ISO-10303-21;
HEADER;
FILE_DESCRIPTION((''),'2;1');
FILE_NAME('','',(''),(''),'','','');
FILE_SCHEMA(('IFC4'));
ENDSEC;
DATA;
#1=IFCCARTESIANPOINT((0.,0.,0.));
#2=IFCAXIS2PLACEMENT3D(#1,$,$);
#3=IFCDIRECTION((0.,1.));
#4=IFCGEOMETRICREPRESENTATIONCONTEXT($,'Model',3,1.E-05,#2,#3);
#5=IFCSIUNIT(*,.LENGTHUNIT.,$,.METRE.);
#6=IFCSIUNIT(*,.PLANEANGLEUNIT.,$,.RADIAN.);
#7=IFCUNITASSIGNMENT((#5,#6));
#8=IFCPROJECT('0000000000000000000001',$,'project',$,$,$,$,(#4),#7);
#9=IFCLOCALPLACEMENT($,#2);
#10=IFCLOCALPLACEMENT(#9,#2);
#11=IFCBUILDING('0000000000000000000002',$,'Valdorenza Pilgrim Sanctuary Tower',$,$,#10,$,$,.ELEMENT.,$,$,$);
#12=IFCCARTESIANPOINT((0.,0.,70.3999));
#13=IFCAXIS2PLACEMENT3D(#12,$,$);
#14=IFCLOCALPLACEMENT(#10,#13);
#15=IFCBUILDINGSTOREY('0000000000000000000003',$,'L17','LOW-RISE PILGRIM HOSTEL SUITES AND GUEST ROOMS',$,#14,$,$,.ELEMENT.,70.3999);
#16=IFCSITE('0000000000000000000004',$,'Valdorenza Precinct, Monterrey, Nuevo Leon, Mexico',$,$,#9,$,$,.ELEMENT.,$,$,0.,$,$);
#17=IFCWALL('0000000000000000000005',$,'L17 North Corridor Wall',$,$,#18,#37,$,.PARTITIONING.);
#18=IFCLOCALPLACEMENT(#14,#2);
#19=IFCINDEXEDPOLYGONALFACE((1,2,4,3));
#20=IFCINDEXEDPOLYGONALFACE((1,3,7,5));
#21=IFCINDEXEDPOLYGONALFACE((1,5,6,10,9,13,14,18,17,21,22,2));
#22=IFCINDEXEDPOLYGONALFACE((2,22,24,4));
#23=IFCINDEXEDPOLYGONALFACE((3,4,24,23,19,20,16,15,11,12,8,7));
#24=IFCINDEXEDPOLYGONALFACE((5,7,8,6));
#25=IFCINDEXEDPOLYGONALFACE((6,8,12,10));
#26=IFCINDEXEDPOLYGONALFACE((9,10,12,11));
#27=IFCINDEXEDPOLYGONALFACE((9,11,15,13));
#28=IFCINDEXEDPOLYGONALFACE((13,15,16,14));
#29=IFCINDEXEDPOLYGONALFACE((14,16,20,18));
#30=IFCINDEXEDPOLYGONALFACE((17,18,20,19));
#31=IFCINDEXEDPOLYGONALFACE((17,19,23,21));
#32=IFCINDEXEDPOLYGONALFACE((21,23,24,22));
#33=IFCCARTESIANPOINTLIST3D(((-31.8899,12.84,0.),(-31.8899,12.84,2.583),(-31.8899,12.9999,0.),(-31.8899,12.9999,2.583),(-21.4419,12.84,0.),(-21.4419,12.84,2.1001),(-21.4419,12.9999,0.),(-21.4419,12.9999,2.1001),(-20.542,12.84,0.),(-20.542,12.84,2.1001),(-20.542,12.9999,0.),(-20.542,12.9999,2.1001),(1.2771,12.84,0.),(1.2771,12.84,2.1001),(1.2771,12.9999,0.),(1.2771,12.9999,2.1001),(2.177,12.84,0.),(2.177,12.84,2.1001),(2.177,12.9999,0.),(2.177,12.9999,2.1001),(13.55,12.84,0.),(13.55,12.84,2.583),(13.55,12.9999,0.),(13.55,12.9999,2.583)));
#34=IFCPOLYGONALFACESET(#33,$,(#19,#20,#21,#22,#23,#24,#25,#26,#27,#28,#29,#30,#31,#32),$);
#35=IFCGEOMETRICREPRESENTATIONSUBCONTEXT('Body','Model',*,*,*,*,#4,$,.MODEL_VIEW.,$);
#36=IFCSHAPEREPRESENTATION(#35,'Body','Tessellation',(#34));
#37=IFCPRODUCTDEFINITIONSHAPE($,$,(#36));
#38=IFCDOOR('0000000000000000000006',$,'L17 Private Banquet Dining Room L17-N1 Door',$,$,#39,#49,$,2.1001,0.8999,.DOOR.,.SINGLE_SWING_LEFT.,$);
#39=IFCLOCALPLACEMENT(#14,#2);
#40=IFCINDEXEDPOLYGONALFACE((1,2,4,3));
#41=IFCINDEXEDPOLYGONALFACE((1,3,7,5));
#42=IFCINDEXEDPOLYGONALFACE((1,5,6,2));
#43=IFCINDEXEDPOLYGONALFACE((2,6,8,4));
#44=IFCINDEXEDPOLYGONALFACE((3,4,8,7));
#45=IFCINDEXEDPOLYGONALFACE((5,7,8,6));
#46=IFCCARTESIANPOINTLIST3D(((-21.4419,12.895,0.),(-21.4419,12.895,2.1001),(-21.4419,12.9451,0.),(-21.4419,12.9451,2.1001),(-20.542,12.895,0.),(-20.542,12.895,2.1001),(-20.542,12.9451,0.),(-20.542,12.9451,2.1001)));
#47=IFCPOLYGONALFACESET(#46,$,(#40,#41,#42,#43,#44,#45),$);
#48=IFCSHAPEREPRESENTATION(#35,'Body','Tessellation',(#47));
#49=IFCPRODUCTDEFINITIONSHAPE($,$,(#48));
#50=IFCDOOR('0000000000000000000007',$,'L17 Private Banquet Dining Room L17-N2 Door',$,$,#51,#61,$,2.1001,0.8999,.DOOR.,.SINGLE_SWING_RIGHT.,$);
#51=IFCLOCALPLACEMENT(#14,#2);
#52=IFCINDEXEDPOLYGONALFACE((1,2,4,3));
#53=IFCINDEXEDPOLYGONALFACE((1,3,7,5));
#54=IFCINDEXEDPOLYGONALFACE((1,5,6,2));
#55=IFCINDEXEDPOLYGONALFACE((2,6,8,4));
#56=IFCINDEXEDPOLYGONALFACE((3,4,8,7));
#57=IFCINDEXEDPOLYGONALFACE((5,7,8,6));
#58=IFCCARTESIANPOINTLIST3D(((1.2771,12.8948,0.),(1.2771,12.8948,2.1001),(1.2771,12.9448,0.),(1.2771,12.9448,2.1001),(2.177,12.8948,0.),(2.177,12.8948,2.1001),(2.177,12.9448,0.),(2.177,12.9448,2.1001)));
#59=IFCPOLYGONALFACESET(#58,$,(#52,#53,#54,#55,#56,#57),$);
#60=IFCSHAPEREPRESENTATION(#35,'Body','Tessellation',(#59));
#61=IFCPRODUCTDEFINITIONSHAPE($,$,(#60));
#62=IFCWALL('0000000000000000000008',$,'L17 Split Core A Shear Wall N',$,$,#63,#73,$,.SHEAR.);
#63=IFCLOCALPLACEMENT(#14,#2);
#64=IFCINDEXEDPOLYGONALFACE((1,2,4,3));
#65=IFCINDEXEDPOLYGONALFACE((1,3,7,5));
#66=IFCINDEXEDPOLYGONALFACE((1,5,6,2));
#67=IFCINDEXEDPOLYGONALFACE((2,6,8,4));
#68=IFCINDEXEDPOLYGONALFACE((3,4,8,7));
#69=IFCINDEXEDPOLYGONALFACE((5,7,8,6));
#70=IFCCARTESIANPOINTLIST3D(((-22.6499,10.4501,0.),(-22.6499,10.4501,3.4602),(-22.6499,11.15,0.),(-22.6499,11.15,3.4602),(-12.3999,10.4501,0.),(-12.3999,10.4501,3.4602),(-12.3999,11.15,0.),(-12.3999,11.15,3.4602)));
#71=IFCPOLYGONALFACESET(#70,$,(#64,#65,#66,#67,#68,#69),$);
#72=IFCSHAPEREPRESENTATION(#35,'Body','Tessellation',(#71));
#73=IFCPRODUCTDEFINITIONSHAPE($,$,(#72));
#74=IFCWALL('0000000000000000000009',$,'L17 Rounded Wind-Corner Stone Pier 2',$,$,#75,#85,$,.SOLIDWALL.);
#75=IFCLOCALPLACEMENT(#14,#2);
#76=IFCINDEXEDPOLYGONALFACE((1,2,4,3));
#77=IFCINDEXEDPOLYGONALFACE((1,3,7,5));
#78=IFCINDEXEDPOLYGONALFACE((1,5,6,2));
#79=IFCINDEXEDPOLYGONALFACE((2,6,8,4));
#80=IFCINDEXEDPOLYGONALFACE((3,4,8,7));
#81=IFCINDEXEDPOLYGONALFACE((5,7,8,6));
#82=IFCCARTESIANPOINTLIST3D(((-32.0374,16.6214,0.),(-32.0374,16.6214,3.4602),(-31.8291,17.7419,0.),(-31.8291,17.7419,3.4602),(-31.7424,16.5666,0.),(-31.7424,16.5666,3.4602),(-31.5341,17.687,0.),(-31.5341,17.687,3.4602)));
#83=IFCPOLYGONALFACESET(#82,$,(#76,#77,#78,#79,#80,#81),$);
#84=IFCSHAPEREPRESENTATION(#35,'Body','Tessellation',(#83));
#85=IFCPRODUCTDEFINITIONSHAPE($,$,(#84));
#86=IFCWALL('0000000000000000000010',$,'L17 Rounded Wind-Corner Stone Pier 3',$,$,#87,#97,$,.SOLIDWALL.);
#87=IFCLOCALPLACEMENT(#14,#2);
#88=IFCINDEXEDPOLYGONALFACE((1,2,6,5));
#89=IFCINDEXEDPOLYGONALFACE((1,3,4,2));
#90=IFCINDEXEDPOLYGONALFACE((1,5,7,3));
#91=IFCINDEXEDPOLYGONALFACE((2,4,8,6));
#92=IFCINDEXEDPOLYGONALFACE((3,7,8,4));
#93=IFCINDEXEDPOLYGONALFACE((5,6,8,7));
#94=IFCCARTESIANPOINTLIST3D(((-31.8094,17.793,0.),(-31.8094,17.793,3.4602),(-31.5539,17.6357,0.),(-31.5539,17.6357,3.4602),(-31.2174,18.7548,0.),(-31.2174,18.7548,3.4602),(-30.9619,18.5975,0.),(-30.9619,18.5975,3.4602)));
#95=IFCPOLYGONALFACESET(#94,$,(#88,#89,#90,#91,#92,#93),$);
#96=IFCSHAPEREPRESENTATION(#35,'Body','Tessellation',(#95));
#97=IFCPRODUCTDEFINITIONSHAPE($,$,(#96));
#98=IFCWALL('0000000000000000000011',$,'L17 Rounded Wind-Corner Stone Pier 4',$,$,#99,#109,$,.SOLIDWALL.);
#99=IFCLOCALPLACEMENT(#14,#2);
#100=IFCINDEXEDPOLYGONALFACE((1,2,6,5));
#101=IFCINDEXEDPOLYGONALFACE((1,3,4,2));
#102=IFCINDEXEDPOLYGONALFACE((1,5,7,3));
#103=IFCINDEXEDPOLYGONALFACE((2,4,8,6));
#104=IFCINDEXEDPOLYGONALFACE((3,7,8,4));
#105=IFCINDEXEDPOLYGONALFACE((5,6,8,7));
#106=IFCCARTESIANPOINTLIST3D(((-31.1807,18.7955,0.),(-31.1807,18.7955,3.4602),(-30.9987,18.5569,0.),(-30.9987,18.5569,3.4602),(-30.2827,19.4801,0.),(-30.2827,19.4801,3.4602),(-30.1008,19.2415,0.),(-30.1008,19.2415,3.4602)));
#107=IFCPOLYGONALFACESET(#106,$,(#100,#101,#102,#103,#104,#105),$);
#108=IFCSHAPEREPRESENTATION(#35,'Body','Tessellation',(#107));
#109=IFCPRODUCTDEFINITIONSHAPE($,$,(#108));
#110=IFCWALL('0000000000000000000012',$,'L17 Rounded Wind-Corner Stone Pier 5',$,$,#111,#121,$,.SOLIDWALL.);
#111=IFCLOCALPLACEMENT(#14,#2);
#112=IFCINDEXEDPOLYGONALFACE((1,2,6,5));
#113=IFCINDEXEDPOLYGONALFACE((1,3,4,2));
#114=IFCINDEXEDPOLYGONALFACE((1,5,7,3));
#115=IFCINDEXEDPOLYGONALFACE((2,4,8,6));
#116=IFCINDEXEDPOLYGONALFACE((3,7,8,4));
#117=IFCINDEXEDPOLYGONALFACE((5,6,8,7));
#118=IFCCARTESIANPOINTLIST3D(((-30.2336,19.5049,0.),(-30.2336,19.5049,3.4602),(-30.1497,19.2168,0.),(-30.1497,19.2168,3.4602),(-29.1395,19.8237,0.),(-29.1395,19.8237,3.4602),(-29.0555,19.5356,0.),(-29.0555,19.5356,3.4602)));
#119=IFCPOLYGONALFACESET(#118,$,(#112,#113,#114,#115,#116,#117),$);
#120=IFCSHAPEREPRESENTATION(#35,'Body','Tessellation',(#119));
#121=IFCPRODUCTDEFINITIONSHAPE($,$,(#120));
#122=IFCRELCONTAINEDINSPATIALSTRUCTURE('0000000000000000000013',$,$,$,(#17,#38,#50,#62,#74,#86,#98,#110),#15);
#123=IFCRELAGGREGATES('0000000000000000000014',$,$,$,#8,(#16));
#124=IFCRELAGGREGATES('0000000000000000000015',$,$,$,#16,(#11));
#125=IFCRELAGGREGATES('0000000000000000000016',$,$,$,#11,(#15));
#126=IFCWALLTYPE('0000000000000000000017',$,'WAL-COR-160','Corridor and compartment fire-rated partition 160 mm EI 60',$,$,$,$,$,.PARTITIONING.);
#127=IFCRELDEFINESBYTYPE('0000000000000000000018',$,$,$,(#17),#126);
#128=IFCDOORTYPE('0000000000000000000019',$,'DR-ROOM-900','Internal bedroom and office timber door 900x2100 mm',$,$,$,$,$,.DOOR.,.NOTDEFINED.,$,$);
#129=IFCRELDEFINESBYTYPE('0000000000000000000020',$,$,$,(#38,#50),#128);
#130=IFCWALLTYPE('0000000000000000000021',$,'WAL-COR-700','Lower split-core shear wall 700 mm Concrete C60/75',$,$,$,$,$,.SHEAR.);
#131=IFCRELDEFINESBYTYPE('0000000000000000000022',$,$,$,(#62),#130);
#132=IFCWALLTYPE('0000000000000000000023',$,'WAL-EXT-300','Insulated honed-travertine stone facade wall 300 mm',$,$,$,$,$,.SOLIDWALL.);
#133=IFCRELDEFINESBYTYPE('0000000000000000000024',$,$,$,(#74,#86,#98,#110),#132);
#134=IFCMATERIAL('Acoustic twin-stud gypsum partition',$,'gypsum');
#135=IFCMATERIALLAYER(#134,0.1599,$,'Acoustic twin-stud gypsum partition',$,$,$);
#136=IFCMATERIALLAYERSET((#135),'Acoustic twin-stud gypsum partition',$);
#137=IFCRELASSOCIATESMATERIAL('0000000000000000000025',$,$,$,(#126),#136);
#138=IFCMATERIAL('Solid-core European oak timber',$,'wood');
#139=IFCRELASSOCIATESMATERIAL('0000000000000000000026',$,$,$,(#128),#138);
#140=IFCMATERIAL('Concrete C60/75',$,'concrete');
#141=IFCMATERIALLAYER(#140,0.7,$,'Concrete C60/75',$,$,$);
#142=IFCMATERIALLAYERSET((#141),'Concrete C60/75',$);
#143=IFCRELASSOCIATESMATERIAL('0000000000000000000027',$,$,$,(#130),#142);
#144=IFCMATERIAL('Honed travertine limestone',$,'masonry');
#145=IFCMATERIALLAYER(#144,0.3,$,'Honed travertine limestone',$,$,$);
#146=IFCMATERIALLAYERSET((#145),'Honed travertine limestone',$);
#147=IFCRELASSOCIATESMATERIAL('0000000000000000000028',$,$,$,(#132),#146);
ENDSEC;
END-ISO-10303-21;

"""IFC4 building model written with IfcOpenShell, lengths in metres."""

from ifc_helpers import new_model, si_unit, direction, frame, frame_2d, origin, place, context, subcontext, project, spatial, rectangle, extrude, material, layer, layer_set, type_object, element, fill, save


model = new_model("IFC4")

# Units and contexts
model_context = context("Model", 3, precision=1e-05, world=origin(), true_north=direction((0.0, 1.0)))
body_context = subcontext(model_context, "Body", "Model", "MODEL_VIEW")
ifc_project = project(units=[si_unit("LENGTHUNIT", "METRE"), si_unit("PLANEANGLEUNIT", "RADIAN")], contexts=[model_context])

# Site, building, storey
site_placement = place(None, origin())
site = spatial("IfcSite", under=ifc_project, at=site_placement, Name="Valdorenza Precinct, Monterrey, Nuevo Leon, Mexico", CompositionType="ELEMENT", RefElevation=0.0)
building_placement = place(site_placement, origin())
building = spatial("IfcBuilding", under=site, at=building_placement, Name="Valdorenza Pilgrim Sanctuary Tower", CompositionType="ELEMENT")
storey_placement = place(building_placement, frame((0.0, 0.0, 70.3999)))
storey = spatial("IfcBuildingStorey", under=building, at=storey_placement, Name="L17", Description="LOW-RISE PILGRIM HOSTEL SUITES AND GUEST ROOMS", CompositionType="ELEMENT", Elevation=70.3999)

# Shared definitions
ifc_material_1 = material(Name="Concrete C60/75", Category="concrete")

# Shared definitions
ifc_material_2 = material(Name="Honed travertine limestone", Category="masonry")

# Shared definitions
ifc_material_3 = material(Name="Acoustic twin-stud gypsum partition", Category="gypsum")
ifc_layer_1 = layer(ifc_material_3, 0.1599, Name="Acoustic twin-stud gypsum partition")
ifc_layer_set_1 = layer_set([ifc_layer_1], Name="Acoustic twin-stud gypsum partition")
wall_type_1 = type_object("IfcWallType", Name="WAL-COR-160", Description="Corridor and compartment fire-rated partition 160 mm EI 60", PredefinedType="PARTITIONING", material=ifc_layer_set_1)

# Wall, openings, doors
wall_1_placement = place(storey_placement, frame((-31.8899, 12.9199, 0.0), z_axis=(0.0, 0.0, 1.0), x_axis=(1.0, 0.0, 0.0)))
wall_1 = element("IfcWall", 1, at=wall_1_placement, inside=storey, type_object=wall_type_1, Name="L17 North Corridor Wall", PredefinedType="PARTITIONING", context=body_context, shape_type="SweptSolid", body=[
    extrude(rectangle(XDim=45.4399, YDim=0.1599, at=frame_2d((22.72, 0.0))), origin(), (0.0, 0.0, 1.0), 2.583),
])
opening_1_placement = place(wall_1_placement, frame((10.448, 0.0, 0.0)))
opening_1 = element("IfcOpeningElement", 2, at=opening_1_placement, cuts=wall_1, PredefinedType="OPENING", context=body_context, shape_type="SweptSolid", body=[
    extrude(rectangle(XDim=0.8999, YDim=2.1001, at=frame_2d((0.45, 1.05))), frame((0.0, 0.0947, 0.0), z_axis=(0.0, -1.0, 0.0), x_axis=(1.0, 0.0, 0.0)), (0.0, 0.0, 1.0), 0.1897),
])
opening_2_placement = place(wall_1_placement, frame((33.167, 0.0, 0.0)))
opening_2 = element("IfcOpeningElement", 3, at=opening_2_placement, cuts=wall_1, PredefinedType="OPENING", context=body_context, shape_type="SweptSolid", body=[
    extrude(rectangle(XDim=0.8999, YDim=2.1001, at=frame_2d((0.45, 1.05))), frame((0.0, 0.0947, 0.0), z_axis=(0.0, -1.0, 0.0), x_axis=(1.0, 0.0, 0.0)), (0.0, 0.0, 1.0), 0.1897),
])
ifc_material_4 = material(Name="Solid-core European oak timber", Category="wood")
door_type = type_object("IfcDoorType", Name="DR-ROOM-900", Description="Internal bedroom and office timber door 900x2100 mm", OperationType="NOTDEFINED", PredefinedType="DOOR", material=ifc_material_4)
door_1_placement = place(opening_1_placement, frame((0.8999, 0.0, 0.0), z_axis=(0.0, 0.0, 1.0), x_axis=(-1.0, 0.0, 0.0)))
door_1 = element("IfcDoor", 4, at=door_1_placement, inside=storey, type_object=door_type, Name="L17 Private Banquet Dining Room L17-N1 Door", OperationType="SINGLE_SWING_LEFT", OverallHeight=2.1001, OverallWidth=0.8999, PredefinedType="DOOR", context=body_context, shape_type="SweptSolid", body=[
    extrude(rectangle(XDim=0.8999, YDim=2.1001, at=frame_2d((0.45, 1.05))), frame((0.0, 0.0249, 0.0), z_axis=(0.0, -1.0, 0.0), x_axis=(1.0, 0.0, 0.0)), (0.0, 0.0, 1.0), 0.05),
])
fill(opening_1, door_1)
door_2_placement = place(opening_2_placement, origin())
door_2 = element("IfcDoor", 5, at=door_2_placement, inside=storey, type_object=door_type, Name="L17 Private Banquet Dining Room L17-N2 Door", OperationType="SINGLE_SWING_RIGHT", OverallHeight=2.1001, OverallWidth=0.8999, PredefinedType="DOOR", context=body_context, shape_type="SweptSolid", body=[
    extrude(rectangle(XDim=0.8999, YDim=2.1001, at=frame_2d((0.45, 1.05))), frame((0.0, 0.0249, 0.0), z_axis=(0.0, -1.0, 0.0), x_axis=(1.0, 0.0, 0.0)), (0.0, 0.0, 1.0), 0.05),
])
fill(opening_2, door_2)

# Walls
ifc_layer_2 = layer(ifc_material_1, 0.7, Name="Concrete C60/75")
ifc_layer_set_2 = layer_set([ifc_layer_2], Name="Concrete C60/75")
wall_type_2 = type_object("IfcWallType", Name="WAL-COR-700", Description="Lower split-core shear wall 700 mm Concrete C60/75", PredefinedType="SHEAR", material=ifc_layer_set_2)
wall_2_placement = place(storey_placement, frame((-22.6499, 10.8, 0.0), z_axis=(0.0, 0.0, 1.0), x_axis=(1.0, 0.0, 0.0)))
element("IfcWall", 6, at=wall_2_placement, inside=storey, type_object=wall_type_2, Name="L17 Split Core A Shear Wall N", PredefinedType="SHEAR", context=body_context, shape_type="SweptSolid", body=[
    extrude(rectangle(XDim=10.25, YDim=0.7, at=frame_2d((5.125, 0.0))), origin(), (0.0, 0.0, 1.0), 3.4602),
])
ifc_layer_3 = layer(ifc_material_2, 0.3, Name="Honed travertine limestone")
ifc_layer_set_3 = layer_set([ifc_layer_3], Name="Honed travertine limestone")
wall_type_3 = type_object("IfcWallType", Name="WAL-EXT-300", Description="Insulated honed-travertine stone facade wall 300 mm", PredefinedType="SOLIDWALL", material=ifc_layer_set_3)
wall_3_placement = place(storey_placement, frame((-31.8899, 16.594, 0.0), z_axis=(0.0, 0.0, 1.0), x_axis=(0.182749, 0.98316, 0.0)))
element("IfcWall", 7, at=wall_3_placement, inside=storey, type_object=wall_type_3, Name="L17 Rounded Wind-Corner Stone Pier 2", PredefinedType="SOLIDWALL", context=body_context, shape_type="SweptSolid", body=[
    extrude(rectangle(XDim=1.1396, YDim=0.3, at=frame_2d((0.5698, 0.0))), origin(), (0.0, 0.0, 1.0), 3.4602),
])
wall_4_placement = place(storey_placement, frame((-31.6816, 17.7144, 0.0), z_axis=(0.0, 0.0, 1.0), x_axis=(0.524158, 0.851621, 0.0)))
element("IfcWall", 8, at=wall_4_placement, inside=storey, type_object=wall_type_3, Name="L17 Rounded Wind-Corner Stone Pier 3", PredefinedType="SOLIDWALL", context=body_context, shape_type="SweptSolid", body=[
    extrude(rectangle(XDim=1.1294, YDim=0.3, at=frame_2d((0.5647, 0.0))), origin(), (0.0, 0.0, 1.0), 3.4602),
])
wall_5_placement = place(storey_placement, frame((-31.0896, 18.6763, 0.0), z_axis=(0.0, 0.0, 1.0), x_axis=(0.795253, 0.606278, 0.0)))
element("IfcWall", 9, at=wall_5_placement, inside=storey, type_object=wall_type_3, Name="L17 Rounded Wind-Corner Stone Pier 4", PredefinedType="SOLIDWALL", context=body_context, shape_type="SweptSolid", body=[
    extrude(rectangle(XDim=1.1292, YDim=0.3, at=frame_2d((0.5645, 0.0))), origin(), (0.0, 0.0, 1.0), 3.4602),
])
wall_6_placement = place(storey_placement, frame((-30.1917, 19.3608, 0.0), z_axis=(0.0, 0.0, 1.0), x_axis=(0.960072, 0.279753, 0.0)))
element("IfcWall", 10, at=wall_6_placement, inside=storey, type_object=wall_type_3, Name="L17 Rounded Wind-Corner Stone Pier 5", PredefinedType="SOLIDWALL", context=body_context, shape_type="SweptSolid", body=[
    extrude(rectangle(XDim=1.1396, YDim=0.3, at=frame_2d((0.5698, 0.0))), origin(), (0.0, 0.0, 1.0), 3.4602),
])

save(model, "model.ifc")
